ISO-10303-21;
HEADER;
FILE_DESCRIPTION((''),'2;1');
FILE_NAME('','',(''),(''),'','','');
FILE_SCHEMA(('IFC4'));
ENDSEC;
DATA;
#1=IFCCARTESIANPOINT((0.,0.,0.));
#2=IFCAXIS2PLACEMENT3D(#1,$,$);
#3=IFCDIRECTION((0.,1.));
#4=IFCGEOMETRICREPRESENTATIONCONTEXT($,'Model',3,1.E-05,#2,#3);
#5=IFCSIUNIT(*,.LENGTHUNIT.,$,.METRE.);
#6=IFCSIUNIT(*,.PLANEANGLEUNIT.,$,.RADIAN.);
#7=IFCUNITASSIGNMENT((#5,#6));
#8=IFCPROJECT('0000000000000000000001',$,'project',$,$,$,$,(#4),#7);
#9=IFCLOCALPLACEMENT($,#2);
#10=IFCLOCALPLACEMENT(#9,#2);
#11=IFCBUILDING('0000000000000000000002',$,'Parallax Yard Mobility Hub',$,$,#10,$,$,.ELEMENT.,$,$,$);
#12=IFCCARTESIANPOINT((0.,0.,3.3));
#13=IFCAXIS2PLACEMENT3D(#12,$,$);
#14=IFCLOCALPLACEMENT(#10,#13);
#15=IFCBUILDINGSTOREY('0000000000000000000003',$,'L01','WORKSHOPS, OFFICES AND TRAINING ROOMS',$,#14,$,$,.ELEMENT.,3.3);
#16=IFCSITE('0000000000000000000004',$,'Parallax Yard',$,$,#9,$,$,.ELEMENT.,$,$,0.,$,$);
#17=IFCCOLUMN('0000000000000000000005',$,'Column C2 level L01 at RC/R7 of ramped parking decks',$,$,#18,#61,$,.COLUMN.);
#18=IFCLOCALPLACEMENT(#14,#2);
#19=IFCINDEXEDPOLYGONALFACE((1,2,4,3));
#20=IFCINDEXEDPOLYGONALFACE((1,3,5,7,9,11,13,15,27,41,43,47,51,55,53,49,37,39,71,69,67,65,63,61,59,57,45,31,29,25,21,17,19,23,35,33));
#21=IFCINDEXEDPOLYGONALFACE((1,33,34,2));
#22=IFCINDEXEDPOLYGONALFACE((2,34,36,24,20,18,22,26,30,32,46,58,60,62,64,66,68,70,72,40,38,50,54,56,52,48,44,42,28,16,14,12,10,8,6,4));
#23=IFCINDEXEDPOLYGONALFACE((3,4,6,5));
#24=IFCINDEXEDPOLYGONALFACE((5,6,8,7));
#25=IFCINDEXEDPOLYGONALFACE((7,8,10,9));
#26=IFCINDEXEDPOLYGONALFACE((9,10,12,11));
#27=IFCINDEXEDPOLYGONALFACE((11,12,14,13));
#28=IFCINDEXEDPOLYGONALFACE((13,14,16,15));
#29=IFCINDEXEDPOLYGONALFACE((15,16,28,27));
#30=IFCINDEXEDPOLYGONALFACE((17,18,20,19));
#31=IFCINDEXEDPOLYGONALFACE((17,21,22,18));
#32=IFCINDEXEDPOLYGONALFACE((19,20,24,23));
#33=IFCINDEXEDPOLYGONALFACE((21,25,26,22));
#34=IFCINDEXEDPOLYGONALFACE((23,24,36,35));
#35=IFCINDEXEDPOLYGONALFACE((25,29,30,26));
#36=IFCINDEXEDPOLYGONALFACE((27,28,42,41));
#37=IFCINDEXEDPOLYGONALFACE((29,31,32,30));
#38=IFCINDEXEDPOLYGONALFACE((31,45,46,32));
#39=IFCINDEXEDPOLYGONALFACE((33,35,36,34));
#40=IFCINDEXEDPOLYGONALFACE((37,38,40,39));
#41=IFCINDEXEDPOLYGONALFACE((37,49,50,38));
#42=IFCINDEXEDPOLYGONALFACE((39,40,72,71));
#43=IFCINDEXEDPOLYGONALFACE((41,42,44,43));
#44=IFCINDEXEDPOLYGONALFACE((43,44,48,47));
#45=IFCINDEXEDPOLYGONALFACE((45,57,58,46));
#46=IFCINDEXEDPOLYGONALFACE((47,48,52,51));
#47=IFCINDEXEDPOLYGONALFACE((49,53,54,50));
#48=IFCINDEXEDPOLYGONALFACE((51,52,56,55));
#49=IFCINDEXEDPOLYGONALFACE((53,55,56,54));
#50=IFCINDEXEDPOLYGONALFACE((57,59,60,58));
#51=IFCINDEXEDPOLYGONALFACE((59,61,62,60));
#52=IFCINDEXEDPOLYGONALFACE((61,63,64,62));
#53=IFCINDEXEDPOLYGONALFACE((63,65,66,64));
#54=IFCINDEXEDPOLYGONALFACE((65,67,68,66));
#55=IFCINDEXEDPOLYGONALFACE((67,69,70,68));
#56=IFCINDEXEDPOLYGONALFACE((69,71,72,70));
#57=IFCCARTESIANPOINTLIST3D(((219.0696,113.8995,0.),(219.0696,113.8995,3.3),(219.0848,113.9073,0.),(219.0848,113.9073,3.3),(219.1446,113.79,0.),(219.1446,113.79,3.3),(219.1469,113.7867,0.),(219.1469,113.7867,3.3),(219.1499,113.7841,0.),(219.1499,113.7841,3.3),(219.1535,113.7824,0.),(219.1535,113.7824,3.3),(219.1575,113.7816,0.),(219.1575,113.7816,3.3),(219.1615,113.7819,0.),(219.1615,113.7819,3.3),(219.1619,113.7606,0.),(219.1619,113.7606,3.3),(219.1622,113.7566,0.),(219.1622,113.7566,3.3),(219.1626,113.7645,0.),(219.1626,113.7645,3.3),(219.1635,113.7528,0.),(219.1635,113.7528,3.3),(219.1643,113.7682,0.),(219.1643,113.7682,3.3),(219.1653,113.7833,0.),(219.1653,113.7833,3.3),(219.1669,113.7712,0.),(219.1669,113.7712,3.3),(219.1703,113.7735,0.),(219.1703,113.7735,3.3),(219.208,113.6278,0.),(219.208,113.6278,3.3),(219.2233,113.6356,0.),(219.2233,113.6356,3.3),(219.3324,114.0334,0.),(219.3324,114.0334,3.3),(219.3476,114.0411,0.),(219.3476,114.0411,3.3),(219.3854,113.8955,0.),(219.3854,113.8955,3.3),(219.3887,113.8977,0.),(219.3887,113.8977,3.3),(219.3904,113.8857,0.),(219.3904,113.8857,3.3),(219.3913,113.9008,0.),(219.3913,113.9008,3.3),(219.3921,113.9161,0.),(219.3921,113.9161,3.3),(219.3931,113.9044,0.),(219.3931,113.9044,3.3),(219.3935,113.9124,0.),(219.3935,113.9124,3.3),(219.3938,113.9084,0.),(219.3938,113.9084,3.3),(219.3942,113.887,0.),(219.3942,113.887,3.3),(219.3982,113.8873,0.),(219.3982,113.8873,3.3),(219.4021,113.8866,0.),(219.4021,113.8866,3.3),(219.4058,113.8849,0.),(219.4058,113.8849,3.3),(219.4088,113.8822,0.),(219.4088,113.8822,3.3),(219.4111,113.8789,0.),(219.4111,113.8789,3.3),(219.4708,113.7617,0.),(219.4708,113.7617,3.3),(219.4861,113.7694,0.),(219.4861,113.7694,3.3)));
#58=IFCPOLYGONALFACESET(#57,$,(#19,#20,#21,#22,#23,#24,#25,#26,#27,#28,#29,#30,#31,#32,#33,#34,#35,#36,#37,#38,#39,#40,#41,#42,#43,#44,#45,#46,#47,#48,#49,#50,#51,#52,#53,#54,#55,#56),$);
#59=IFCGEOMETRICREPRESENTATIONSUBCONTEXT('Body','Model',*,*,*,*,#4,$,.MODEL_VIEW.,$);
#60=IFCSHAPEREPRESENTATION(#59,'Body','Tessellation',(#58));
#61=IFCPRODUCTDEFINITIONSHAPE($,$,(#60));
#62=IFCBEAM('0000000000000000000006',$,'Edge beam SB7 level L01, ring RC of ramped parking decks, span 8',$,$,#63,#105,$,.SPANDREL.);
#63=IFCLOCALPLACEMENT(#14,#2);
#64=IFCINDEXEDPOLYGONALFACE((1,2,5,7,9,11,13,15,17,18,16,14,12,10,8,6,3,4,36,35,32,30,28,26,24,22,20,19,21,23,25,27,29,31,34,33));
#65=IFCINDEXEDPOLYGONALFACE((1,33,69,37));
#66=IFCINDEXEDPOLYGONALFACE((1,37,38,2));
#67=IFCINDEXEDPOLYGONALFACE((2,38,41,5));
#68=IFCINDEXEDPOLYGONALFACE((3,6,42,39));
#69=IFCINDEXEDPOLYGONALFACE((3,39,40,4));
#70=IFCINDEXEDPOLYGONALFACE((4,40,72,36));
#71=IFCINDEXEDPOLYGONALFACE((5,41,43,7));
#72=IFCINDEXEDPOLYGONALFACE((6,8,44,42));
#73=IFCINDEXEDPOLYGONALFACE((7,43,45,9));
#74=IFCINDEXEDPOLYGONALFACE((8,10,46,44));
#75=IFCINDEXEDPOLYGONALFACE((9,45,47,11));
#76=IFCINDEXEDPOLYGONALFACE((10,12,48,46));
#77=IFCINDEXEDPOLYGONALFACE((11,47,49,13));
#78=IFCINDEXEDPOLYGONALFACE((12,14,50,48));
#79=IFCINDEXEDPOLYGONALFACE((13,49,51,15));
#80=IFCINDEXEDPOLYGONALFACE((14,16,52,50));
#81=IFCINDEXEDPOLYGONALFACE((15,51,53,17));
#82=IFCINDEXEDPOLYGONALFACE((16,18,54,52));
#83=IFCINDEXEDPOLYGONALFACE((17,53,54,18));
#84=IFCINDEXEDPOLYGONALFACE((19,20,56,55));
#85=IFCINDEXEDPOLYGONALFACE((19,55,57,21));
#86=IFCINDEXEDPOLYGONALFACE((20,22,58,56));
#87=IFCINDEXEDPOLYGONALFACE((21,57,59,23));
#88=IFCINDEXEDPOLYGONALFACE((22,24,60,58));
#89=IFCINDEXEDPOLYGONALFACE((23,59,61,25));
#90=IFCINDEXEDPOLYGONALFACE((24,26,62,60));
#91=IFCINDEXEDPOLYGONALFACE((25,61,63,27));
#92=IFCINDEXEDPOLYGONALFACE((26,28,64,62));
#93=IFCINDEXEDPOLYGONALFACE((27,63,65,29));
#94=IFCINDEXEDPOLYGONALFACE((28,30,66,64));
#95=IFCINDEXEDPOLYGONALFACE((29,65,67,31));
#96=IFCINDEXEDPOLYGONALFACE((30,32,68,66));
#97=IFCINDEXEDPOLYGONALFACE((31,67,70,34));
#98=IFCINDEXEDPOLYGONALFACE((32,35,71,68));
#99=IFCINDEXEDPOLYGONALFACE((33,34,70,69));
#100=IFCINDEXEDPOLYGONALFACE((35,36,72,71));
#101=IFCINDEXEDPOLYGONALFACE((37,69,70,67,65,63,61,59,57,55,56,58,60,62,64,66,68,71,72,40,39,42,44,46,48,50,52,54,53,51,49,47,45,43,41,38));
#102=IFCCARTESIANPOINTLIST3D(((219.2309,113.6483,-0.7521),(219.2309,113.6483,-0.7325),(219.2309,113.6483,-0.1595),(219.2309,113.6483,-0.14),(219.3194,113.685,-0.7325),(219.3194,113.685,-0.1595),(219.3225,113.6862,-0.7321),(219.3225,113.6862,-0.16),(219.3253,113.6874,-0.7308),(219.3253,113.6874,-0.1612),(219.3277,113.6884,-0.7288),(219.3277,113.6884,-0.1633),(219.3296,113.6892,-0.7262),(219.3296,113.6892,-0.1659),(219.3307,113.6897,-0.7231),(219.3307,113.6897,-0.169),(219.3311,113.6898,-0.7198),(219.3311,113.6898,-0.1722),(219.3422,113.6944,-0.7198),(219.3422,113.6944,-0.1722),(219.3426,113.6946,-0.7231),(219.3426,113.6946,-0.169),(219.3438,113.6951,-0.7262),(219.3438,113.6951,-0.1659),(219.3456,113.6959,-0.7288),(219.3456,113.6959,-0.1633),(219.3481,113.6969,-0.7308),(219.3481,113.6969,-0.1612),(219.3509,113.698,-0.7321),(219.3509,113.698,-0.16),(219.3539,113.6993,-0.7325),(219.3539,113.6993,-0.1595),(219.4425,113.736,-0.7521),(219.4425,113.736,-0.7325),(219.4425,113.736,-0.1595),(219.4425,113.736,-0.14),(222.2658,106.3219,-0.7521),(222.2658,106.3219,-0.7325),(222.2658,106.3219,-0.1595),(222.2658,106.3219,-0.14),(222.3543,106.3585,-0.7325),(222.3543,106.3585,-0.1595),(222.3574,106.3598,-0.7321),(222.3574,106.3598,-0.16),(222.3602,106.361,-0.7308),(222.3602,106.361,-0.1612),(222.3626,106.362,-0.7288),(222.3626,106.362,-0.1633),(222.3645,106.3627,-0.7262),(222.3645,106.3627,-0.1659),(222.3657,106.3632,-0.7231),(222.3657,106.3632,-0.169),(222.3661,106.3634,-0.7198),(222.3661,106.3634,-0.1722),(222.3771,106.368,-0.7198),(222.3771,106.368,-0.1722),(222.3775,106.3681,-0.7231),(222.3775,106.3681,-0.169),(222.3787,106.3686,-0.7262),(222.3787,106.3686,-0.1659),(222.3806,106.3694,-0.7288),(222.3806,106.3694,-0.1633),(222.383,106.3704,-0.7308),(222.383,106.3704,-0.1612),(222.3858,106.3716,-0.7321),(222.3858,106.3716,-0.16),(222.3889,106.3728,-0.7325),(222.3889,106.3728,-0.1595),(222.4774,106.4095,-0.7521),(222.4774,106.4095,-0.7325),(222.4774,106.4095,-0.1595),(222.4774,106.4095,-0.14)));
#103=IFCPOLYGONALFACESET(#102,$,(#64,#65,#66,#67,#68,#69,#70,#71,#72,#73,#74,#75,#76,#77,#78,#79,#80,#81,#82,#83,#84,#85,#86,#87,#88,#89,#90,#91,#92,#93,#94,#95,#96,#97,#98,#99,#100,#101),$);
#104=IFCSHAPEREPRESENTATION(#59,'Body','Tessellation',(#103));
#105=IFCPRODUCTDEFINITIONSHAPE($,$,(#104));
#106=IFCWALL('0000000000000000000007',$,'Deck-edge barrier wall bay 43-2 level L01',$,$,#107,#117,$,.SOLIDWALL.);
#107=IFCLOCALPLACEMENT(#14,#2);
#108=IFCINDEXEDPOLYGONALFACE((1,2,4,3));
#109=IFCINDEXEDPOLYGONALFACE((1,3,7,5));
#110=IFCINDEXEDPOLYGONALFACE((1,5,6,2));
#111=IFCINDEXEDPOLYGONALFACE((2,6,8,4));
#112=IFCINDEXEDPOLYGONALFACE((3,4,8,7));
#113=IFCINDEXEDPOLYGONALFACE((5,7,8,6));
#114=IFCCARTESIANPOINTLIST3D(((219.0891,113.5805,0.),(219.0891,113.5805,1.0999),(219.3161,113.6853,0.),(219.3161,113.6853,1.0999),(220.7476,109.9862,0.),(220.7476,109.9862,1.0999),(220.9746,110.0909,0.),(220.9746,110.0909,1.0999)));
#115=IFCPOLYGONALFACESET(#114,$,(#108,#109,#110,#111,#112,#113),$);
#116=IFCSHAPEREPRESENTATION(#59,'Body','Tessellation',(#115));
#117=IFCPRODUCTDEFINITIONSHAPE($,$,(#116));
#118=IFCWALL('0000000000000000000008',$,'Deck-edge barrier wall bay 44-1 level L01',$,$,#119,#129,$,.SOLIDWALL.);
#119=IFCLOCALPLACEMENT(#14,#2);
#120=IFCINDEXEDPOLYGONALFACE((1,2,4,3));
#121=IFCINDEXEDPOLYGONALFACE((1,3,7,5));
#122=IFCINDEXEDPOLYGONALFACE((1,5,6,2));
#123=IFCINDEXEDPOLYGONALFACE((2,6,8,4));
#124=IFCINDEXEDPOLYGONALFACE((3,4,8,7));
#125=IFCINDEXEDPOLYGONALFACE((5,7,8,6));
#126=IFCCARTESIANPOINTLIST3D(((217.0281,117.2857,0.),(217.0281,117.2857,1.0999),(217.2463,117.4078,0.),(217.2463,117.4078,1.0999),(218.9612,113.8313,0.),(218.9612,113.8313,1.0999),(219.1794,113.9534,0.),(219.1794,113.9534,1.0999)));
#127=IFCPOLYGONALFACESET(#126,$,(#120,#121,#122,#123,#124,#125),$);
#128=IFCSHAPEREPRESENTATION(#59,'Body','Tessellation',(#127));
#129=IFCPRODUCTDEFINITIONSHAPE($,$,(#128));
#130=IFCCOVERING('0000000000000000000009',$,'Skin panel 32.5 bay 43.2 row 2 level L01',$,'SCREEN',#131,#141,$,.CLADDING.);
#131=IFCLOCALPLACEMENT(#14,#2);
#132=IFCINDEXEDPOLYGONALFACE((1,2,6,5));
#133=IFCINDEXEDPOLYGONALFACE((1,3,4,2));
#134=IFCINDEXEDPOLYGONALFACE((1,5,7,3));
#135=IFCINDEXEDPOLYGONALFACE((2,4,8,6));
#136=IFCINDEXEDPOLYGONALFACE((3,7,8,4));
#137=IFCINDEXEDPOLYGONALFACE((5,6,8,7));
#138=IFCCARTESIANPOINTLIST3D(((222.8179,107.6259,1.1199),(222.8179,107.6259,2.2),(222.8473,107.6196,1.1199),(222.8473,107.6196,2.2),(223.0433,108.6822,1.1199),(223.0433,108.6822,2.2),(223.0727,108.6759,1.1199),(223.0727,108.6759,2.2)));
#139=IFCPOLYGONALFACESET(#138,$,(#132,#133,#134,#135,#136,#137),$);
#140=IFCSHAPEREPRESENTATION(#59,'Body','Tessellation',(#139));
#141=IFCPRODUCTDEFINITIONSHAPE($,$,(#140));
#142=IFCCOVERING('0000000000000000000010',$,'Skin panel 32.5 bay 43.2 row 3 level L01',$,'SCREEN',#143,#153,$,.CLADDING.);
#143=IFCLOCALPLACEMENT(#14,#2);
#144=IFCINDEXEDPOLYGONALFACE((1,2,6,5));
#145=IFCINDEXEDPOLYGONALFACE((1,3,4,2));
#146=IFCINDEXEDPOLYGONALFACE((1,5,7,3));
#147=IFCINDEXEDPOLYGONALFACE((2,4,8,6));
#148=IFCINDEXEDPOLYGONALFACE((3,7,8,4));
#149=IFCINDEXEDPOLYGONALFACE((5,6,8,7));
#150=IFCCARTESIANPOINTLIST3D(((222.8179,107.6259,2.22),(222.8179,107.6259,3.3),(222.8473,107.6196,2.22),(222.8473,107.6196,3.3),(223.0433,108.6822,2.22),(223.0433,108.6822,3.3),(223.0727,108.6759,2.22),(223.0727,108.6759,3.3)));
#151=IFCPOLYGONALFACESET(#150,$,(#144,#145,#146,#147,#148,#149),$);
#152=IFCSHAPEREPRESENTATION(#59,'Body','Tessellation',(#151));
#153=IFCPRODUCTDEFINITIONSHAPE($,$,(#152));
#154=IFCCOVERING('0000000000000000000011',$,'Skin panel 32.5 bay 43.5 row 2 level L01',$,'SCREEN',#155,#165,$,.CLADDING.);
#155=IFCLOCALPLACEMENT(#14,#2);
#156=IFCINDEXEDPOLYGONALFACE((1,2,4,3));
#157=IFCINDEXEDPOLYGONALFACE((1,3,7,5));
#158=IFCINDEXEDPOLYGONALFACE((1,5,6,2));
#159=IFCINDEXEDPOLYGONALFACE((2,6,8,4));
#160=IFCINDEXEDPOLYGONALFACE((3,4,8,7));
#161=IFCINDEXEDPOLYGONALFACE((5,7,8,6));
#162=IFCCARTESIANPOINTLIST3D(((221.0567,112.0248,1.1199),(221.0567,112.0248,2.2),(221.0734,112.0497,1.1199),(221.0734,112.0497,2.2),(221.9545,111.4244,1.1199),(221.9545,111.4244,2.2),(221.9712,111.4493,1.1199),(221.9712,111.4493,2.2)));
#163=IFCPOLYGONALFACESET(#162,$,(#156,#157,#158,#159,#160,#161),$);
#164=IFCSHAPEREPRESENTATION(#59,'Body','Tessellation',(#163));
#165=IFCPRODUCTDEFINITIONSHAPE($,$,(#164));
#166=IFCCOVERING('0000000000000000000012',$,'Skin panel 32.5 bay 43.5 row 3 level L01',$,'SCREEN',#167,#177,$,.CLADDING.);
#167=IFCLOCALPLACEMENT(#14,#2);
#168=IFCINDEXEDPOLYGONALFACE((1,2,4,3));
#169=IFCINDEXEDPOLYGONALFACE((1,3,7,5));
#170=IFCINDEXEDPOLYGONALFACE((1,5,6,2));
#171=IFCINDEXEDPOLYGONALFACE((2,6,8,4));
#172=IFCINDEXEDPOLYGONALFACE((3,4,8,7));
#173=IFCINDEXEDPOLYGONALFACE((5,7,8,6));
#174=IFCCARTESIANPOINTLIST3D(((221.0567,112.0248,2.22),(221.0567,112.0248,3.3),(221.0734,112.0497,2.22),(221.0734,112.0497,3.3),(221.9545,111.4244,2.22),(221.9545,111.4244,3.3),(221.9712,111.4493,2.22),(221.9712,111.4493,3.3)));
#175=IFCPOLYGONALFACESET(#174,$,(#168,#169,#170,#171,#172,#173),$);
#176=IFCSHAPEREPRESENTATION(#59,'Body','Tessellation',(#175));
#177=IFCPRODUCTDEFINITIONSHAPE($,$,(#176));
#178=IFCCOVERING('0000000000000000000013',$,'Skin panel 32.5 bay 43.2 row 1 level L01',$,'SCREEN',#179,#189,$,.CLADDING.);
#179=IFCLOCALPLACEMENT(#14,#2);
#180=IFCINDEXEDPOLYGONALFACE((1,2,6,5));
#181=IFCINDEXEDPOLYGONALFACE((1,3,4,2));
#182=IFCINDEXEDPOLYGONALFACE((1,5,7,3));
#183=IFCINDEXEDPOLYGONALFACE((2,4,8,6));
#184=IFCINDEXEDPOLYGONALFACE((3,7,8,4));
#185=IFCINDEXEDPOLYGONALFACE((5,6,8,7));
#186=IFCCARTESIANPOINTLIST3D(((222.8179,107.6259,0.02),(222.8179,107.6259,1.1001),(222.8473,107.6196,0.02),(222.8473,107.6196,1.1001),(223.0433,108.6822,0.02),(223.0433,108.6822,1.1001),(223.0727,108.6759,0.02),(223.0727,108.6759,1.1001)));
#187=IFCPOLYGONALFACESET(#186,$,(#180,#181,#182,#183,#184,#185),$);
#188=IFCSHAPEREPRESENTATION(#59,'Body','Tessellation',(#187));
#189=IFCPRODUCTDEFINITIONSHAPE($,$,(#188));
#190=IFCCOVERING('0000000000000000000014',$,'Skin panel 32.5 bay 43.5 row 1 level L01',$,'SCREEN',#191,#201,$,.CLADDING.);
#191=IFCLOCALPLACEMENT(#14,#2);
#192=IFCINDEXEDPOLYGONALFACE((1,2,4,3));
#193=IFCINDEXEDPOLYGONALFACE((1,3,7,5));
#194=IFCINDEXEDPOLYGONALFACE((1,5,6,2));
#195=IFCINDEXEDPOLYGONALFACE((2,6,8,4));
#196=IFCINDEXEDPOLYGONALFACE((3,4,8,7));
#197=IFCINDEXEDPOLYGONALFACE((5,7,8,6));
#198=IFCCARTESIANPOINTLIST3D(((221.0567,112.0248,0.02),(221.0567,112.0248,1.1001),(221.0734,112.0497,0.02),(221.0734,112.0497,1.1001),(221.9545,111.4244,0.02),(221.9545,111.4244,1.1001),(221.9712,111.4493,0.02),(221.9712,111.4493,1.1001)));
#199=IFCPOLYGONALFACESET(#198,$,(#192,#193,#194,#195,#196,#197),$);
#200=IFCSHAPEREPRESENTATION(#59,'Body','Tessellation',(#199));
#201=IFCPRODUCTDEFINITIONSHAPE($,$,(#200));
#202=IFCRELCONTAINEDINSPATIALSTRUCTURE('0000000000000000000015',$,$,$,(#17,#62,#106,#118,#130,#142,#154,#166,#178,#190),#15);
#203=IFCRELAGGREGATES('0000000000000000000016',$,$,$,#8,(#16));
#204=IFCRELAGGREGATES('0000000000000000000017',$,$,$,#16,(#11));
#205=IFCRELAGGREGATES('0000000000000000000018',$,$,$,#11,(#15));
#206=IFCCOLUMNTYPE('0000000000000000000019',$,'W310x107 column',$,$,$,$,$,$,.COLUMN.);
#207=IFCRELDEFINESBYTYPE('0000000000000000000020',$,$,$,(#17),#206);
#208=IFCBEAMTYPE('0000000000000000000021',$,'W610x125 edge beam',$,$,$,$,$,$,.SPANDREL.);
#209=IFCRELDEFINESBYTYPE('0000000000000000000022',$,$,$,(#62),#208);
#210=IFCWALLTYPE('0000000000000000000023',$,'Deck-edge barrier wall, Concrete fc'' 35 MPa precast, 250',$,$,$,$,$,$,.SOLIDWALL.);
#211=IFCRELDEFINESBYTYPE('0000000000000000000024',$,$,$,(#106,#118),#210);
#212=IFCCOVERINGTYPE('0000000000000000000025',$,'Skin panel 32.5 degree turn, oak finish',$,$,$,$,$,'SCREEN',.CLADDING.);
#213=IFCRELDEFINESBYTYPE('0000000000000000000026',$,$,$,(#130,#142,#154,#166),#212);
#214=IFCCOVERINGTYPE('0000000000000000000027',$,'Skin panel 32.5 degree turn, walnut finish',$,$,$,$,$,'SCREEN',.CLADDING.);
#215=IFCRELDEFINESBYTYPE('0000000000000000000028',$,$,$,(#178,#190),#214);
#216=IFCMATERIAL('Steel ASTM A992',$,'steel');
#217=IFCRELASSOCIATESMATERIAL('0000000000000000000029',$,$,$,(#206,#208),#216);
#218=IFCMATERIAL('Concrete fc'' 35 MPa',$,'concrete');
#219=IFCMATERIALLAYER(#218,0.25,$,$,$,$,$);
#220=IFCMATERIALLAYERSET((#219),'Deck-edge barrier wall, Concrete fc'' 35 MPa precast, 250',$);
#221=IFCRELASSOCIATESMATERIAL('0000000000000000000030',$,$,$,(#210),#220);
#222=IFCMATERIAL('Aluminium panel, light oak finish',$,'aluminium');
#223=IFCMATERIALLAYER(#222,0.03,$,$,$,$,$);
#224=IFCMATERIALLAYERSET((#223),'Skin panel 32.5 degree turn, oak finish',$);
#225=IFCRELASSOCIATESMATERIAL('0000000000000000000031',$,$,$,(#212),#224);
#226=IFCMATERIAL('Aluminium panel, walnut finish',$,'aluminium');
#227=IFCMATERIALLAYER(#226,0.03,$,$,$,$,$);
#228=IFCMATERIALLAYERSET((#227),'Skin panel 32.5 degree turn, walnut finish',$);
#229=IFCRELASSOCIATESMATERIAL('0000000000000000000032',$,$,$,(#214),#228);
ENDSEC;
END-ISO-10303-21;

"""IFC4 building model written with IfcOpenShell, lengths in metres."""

from ifc_helpers import new_model, si_unit, direction, frame, frame_2d, origin, origin_2d, place, context, subcontext, project, spatial, rectangle, i_section, extrude, material, layer, layer_set, material_profile, profile_set, type_object, element, save


model = new_model("IFC4")

# Units and contexts
model_context = context("Model", 3, precision=1e-05, world=origin(), true_north=direction((0.0, 1.0)))
body_context = subcontext(model_context, "Body", "Model", "MODEL_VIEW")
ifc_project = project(units=[si_unit("LENGTHUNIT", "METRE"), si_unit("PLANEANGLEUNIT", "RADIAN")], contexts=[model_context])

# Site, building, storey
site_placement = place(None, origin())
site = spatial("IfcSite", under=ifc_project, at=site_placement, Name="Parallax Yard", CompositionType="ELEMENT", RefElevation=0.0)
building_placement = place(site_placement, origin())
building = spatial("IfcBuilding", under=site, at=building_placement, Name="Parallax Yard Mobility Hub", CompositionType="ELEMENT")
storey_placement = place(building_placement, frame((0.0, 0.0, 3.3)))
storey = spatial("IfcBuildingStorey", under=building, at=storey_placement, Name="L01", Description="WORKSHOPS, OFFICES AND TRAINING ROOMS", CompositionType="ELEMENT", Elevation=3.3)

# Column
ifc_material_1 = material(Name="Steel ASTM A992", Category="steel")
ifc_material_profile_1 = material_profile(ifc_material_1, i_section(OverallWidth=0.3049, OverallDepth=0.312, WebThickness=0.011, FlangeThickness=0.0171, FilletRadius=0.0154, at=origin_2d()), Name="W310x107")
ifc_profile_set_1 = profile_set([ifc_material_profile_1], Name="Steel ASTM A992")
column_type = type_object("IfcColumnType", Name="W310x107 column", PredefinedType="COLUMN", material=ifc_profile_set_1)
column_placement = place(storey_placement, frame((219.2778, 113.8345, 0.0), z_axis=(0.0, 0.0, 1.0), x_axis=(-0.45399, 0.891007, 0.0)))
element("IfcColumn", 1, at=column_placement, inside=storey, type_object=column_type, Name="Column C2 level L01 at RC/R7 of ramped parking decks", PredefinedType="COLUMN", context=body_context, shape_type="SweptSolid", body=[
    extrude(i_section(OverallWidth=0.3049, OverallDepth=0.312, WebThickness=0.011, FlangeThickness=0.0171, FilletRadius=0.0154, at=origin_2d()), origin(), (0.0, 0.0, 1.0), 3.3),
])

# Beam
ifc_material_profile_2 = material_profile(ifc_material_1, i_section(OverallWidth=0.229, OverallDepth=0.6121, WebThickness=0.012, FlangeThickness=0.0195, FilletRadius=0.0127, at=origin_2d()), Name="W610x125")
ifc_profile_set_2 = profile_set([ifc_material_profile_2], Name="Steel ASTM A992")
beam_type = type_object("IfcBeamType", Name="W610x125 edge beam", PredefinedType="SPANDREL", material=ifc_profile_set_2)
beam_placement = place(storey_placement, frame((219.3367, 113.6921, -0.446), z_axis=(0.382706, -0.92387, 0.0), x_axis=(0.92387, 0.382706, 0.0)))
element("IfcBeam", 2, at=beam_placement, inside=storey, type_object=beam_type, Name="Edge beam SB7 level L01, ring RC of ramped parking decks, span 8", PredefinedType="SPANDREL", context=body_context, shape_type="SweptSolid", body=[
    extrude(i_section(OverallWidth=0.229, OverallDepth=0.6121, WebThickness=0.012, FlangeThickness=0.0195, FilletRadius=0.0127, at=origin_2d()), origin(), (0.0, 0.0, 1.0), 7.9302),
])

# Walls
ifc_material_2 = material(Name="Concrete fc' 35 MPa", Category="concrete")
ifc_layer_1 = layer(ifc_material_2, 0.25)
ifc_layer_set_1 = layer_set([ifc_layer_1], Name="Deck-edge barrier wall, Concrete fc' 35 MPa precast, 250")
wall_type = type_object("IfcWallType", Name="Deck-edge barrier wall, Concrete fc' 35 MPa precast, 250", PredefinedType="SOLIDWALL", material=ifc_layer_set_1)
for number, where, z_axis, x_axis, name in (
    (3, (220.8611, 110.0386, 0.0), (0.0, 0.0, 1.0), (-0.418968, 0.908001, 0.0), "Deck-edge barrier wall bay 43-2 level L01"),
    (4, (219.0703, 113.8923, 0.0), (0.0, 0.0, 1.0), (-0.488348, 0.872649, 0.0), "Deck-edge barrier wall bay 44-1 level L01"),
):
    element("IfcWall", number, at=place(storey_placement, frame(where, z_axis=z_axis, x_axis=x_axis)), inside=storey, type_object=wall_type, Name=name, PredefinedType="SOLIDWALL", context=body_context, shape_type="SweptSolid", body=[
        extrude(rectangle(XDim=3.9585, YDim=0.25, at=frame_2d((1.9792, 0.0))), origin(), (0.0, 0.0, 1.0), 1.0999),
    ])

# Coverings
ifc_material_3 = material(Name="Aluminium panel, light oak finish", Category="aluminium")
ifc_layer_2 = layer(ifc_material_3, 0.03)
ifc_layer_set_2 = layer_set([ifc_layer_2], Name="Skin panel 32.5 degree turn, oak finish")
covering_type_1 = type_object("IfcCoveringType", Name="Skin panel 32.5 degree turn, oak finish", ElementType="SCREEN", PredefinedType="CLADDING", material=ifc_layer_set_2)
for number, where, z_axis, x_axis, name in (
    (5, (222.9453, 108.1509, 1.1199), (0.0, 0.0, 1.0), (0.208688, 0.977982, 0.0), "Skin panel 32.5 bay 43.2 row 2 level L01"),
    (6, (222.9453, 108.1509, 2.22), (0.0, 0.0, 1.0), (0.208688, 0.977982, 0.0), "Skin panel 32.5 bay 43.2 row 3 level L01"),
    (7, (221.5139, 111.7371, 1.1199), (0.0, 0.0, 1.0), (0.831249, -0.5559, 0.0), "Skin panel 32.5 bay 43.5 row 2 level L01"),
    (8, (221.5139, 111.7371, 2.22), (0.0, 0.0, 1.0), (0.831249, -0.5559, 0.0), "Skin panel 32.5 bay 43.5 row 3 level L01"),
):
    element("IfcCovering", number, at=place(storey_placement, frame(where, z_axis=z_axis, x_axis=x_axis)), inside=storey, type_object=covering_type_1, Name=name, ObjectType="SCREEN", PredefinedType="CLADDING", context=body_context, shape_type="SweptSolid", body=[
        extrude(rectangle(XDim=1.0801, YDim=0.03, at=origin_2d()), origin(), (0.0, 0.0, 1.0), 1.0801),
    ])
ifc_material_4 = material(Name="Aluminium panel, walnut finish", Category="aluminium")
ifc_layer_3 = layer(ifc_material_4, 0.03)
ifc_layer_set_3 = layer_set([ifc_layer_3], Name="Skin panel 32.5 degree turn, walnut finish")
covering_type_2 = type_object("IfcCoveringType", Name="Skin panel 32.5 degree turn, walnut finish", ElementType="SCREEN", PredefinedType="CLADDING", material=ifc_layer_set_3)
for number, where, z_axis, x_axis, name in (
    (9, (222.9453, 108.1509, 0.02), (0.0, 0.0, 1.0), (0.208688, 0.977982, 0.0), "Skin panel 32.5 bay 43.2 row 1 level L01"),
    (10, (221.5139, 111.7371, 0.02), (0.0, 0.0, 1.0), (0.831249, -0.5559, 0.0), "Skin panel 32.5 bay 43.5 row 1 level L01"),
):
    element("IfcCovering", number, at=place(storey_placement, frame(where, z_axis=z_axis, x_axis=x_axis)), inside=storey, type_object=covering_type_2, Name=name, ObjectType="SCREEN", PredefinedType="CLADDING", context=body_context, shape_type="SweptSolid", body=[
        extrude(rectangle(XDim=1.0801, YDim=0.03, at=origin_2d()), origin(), (0.0, 0.0, 1.0), 1.0801),
    ])

save(model, "model.ifc")
